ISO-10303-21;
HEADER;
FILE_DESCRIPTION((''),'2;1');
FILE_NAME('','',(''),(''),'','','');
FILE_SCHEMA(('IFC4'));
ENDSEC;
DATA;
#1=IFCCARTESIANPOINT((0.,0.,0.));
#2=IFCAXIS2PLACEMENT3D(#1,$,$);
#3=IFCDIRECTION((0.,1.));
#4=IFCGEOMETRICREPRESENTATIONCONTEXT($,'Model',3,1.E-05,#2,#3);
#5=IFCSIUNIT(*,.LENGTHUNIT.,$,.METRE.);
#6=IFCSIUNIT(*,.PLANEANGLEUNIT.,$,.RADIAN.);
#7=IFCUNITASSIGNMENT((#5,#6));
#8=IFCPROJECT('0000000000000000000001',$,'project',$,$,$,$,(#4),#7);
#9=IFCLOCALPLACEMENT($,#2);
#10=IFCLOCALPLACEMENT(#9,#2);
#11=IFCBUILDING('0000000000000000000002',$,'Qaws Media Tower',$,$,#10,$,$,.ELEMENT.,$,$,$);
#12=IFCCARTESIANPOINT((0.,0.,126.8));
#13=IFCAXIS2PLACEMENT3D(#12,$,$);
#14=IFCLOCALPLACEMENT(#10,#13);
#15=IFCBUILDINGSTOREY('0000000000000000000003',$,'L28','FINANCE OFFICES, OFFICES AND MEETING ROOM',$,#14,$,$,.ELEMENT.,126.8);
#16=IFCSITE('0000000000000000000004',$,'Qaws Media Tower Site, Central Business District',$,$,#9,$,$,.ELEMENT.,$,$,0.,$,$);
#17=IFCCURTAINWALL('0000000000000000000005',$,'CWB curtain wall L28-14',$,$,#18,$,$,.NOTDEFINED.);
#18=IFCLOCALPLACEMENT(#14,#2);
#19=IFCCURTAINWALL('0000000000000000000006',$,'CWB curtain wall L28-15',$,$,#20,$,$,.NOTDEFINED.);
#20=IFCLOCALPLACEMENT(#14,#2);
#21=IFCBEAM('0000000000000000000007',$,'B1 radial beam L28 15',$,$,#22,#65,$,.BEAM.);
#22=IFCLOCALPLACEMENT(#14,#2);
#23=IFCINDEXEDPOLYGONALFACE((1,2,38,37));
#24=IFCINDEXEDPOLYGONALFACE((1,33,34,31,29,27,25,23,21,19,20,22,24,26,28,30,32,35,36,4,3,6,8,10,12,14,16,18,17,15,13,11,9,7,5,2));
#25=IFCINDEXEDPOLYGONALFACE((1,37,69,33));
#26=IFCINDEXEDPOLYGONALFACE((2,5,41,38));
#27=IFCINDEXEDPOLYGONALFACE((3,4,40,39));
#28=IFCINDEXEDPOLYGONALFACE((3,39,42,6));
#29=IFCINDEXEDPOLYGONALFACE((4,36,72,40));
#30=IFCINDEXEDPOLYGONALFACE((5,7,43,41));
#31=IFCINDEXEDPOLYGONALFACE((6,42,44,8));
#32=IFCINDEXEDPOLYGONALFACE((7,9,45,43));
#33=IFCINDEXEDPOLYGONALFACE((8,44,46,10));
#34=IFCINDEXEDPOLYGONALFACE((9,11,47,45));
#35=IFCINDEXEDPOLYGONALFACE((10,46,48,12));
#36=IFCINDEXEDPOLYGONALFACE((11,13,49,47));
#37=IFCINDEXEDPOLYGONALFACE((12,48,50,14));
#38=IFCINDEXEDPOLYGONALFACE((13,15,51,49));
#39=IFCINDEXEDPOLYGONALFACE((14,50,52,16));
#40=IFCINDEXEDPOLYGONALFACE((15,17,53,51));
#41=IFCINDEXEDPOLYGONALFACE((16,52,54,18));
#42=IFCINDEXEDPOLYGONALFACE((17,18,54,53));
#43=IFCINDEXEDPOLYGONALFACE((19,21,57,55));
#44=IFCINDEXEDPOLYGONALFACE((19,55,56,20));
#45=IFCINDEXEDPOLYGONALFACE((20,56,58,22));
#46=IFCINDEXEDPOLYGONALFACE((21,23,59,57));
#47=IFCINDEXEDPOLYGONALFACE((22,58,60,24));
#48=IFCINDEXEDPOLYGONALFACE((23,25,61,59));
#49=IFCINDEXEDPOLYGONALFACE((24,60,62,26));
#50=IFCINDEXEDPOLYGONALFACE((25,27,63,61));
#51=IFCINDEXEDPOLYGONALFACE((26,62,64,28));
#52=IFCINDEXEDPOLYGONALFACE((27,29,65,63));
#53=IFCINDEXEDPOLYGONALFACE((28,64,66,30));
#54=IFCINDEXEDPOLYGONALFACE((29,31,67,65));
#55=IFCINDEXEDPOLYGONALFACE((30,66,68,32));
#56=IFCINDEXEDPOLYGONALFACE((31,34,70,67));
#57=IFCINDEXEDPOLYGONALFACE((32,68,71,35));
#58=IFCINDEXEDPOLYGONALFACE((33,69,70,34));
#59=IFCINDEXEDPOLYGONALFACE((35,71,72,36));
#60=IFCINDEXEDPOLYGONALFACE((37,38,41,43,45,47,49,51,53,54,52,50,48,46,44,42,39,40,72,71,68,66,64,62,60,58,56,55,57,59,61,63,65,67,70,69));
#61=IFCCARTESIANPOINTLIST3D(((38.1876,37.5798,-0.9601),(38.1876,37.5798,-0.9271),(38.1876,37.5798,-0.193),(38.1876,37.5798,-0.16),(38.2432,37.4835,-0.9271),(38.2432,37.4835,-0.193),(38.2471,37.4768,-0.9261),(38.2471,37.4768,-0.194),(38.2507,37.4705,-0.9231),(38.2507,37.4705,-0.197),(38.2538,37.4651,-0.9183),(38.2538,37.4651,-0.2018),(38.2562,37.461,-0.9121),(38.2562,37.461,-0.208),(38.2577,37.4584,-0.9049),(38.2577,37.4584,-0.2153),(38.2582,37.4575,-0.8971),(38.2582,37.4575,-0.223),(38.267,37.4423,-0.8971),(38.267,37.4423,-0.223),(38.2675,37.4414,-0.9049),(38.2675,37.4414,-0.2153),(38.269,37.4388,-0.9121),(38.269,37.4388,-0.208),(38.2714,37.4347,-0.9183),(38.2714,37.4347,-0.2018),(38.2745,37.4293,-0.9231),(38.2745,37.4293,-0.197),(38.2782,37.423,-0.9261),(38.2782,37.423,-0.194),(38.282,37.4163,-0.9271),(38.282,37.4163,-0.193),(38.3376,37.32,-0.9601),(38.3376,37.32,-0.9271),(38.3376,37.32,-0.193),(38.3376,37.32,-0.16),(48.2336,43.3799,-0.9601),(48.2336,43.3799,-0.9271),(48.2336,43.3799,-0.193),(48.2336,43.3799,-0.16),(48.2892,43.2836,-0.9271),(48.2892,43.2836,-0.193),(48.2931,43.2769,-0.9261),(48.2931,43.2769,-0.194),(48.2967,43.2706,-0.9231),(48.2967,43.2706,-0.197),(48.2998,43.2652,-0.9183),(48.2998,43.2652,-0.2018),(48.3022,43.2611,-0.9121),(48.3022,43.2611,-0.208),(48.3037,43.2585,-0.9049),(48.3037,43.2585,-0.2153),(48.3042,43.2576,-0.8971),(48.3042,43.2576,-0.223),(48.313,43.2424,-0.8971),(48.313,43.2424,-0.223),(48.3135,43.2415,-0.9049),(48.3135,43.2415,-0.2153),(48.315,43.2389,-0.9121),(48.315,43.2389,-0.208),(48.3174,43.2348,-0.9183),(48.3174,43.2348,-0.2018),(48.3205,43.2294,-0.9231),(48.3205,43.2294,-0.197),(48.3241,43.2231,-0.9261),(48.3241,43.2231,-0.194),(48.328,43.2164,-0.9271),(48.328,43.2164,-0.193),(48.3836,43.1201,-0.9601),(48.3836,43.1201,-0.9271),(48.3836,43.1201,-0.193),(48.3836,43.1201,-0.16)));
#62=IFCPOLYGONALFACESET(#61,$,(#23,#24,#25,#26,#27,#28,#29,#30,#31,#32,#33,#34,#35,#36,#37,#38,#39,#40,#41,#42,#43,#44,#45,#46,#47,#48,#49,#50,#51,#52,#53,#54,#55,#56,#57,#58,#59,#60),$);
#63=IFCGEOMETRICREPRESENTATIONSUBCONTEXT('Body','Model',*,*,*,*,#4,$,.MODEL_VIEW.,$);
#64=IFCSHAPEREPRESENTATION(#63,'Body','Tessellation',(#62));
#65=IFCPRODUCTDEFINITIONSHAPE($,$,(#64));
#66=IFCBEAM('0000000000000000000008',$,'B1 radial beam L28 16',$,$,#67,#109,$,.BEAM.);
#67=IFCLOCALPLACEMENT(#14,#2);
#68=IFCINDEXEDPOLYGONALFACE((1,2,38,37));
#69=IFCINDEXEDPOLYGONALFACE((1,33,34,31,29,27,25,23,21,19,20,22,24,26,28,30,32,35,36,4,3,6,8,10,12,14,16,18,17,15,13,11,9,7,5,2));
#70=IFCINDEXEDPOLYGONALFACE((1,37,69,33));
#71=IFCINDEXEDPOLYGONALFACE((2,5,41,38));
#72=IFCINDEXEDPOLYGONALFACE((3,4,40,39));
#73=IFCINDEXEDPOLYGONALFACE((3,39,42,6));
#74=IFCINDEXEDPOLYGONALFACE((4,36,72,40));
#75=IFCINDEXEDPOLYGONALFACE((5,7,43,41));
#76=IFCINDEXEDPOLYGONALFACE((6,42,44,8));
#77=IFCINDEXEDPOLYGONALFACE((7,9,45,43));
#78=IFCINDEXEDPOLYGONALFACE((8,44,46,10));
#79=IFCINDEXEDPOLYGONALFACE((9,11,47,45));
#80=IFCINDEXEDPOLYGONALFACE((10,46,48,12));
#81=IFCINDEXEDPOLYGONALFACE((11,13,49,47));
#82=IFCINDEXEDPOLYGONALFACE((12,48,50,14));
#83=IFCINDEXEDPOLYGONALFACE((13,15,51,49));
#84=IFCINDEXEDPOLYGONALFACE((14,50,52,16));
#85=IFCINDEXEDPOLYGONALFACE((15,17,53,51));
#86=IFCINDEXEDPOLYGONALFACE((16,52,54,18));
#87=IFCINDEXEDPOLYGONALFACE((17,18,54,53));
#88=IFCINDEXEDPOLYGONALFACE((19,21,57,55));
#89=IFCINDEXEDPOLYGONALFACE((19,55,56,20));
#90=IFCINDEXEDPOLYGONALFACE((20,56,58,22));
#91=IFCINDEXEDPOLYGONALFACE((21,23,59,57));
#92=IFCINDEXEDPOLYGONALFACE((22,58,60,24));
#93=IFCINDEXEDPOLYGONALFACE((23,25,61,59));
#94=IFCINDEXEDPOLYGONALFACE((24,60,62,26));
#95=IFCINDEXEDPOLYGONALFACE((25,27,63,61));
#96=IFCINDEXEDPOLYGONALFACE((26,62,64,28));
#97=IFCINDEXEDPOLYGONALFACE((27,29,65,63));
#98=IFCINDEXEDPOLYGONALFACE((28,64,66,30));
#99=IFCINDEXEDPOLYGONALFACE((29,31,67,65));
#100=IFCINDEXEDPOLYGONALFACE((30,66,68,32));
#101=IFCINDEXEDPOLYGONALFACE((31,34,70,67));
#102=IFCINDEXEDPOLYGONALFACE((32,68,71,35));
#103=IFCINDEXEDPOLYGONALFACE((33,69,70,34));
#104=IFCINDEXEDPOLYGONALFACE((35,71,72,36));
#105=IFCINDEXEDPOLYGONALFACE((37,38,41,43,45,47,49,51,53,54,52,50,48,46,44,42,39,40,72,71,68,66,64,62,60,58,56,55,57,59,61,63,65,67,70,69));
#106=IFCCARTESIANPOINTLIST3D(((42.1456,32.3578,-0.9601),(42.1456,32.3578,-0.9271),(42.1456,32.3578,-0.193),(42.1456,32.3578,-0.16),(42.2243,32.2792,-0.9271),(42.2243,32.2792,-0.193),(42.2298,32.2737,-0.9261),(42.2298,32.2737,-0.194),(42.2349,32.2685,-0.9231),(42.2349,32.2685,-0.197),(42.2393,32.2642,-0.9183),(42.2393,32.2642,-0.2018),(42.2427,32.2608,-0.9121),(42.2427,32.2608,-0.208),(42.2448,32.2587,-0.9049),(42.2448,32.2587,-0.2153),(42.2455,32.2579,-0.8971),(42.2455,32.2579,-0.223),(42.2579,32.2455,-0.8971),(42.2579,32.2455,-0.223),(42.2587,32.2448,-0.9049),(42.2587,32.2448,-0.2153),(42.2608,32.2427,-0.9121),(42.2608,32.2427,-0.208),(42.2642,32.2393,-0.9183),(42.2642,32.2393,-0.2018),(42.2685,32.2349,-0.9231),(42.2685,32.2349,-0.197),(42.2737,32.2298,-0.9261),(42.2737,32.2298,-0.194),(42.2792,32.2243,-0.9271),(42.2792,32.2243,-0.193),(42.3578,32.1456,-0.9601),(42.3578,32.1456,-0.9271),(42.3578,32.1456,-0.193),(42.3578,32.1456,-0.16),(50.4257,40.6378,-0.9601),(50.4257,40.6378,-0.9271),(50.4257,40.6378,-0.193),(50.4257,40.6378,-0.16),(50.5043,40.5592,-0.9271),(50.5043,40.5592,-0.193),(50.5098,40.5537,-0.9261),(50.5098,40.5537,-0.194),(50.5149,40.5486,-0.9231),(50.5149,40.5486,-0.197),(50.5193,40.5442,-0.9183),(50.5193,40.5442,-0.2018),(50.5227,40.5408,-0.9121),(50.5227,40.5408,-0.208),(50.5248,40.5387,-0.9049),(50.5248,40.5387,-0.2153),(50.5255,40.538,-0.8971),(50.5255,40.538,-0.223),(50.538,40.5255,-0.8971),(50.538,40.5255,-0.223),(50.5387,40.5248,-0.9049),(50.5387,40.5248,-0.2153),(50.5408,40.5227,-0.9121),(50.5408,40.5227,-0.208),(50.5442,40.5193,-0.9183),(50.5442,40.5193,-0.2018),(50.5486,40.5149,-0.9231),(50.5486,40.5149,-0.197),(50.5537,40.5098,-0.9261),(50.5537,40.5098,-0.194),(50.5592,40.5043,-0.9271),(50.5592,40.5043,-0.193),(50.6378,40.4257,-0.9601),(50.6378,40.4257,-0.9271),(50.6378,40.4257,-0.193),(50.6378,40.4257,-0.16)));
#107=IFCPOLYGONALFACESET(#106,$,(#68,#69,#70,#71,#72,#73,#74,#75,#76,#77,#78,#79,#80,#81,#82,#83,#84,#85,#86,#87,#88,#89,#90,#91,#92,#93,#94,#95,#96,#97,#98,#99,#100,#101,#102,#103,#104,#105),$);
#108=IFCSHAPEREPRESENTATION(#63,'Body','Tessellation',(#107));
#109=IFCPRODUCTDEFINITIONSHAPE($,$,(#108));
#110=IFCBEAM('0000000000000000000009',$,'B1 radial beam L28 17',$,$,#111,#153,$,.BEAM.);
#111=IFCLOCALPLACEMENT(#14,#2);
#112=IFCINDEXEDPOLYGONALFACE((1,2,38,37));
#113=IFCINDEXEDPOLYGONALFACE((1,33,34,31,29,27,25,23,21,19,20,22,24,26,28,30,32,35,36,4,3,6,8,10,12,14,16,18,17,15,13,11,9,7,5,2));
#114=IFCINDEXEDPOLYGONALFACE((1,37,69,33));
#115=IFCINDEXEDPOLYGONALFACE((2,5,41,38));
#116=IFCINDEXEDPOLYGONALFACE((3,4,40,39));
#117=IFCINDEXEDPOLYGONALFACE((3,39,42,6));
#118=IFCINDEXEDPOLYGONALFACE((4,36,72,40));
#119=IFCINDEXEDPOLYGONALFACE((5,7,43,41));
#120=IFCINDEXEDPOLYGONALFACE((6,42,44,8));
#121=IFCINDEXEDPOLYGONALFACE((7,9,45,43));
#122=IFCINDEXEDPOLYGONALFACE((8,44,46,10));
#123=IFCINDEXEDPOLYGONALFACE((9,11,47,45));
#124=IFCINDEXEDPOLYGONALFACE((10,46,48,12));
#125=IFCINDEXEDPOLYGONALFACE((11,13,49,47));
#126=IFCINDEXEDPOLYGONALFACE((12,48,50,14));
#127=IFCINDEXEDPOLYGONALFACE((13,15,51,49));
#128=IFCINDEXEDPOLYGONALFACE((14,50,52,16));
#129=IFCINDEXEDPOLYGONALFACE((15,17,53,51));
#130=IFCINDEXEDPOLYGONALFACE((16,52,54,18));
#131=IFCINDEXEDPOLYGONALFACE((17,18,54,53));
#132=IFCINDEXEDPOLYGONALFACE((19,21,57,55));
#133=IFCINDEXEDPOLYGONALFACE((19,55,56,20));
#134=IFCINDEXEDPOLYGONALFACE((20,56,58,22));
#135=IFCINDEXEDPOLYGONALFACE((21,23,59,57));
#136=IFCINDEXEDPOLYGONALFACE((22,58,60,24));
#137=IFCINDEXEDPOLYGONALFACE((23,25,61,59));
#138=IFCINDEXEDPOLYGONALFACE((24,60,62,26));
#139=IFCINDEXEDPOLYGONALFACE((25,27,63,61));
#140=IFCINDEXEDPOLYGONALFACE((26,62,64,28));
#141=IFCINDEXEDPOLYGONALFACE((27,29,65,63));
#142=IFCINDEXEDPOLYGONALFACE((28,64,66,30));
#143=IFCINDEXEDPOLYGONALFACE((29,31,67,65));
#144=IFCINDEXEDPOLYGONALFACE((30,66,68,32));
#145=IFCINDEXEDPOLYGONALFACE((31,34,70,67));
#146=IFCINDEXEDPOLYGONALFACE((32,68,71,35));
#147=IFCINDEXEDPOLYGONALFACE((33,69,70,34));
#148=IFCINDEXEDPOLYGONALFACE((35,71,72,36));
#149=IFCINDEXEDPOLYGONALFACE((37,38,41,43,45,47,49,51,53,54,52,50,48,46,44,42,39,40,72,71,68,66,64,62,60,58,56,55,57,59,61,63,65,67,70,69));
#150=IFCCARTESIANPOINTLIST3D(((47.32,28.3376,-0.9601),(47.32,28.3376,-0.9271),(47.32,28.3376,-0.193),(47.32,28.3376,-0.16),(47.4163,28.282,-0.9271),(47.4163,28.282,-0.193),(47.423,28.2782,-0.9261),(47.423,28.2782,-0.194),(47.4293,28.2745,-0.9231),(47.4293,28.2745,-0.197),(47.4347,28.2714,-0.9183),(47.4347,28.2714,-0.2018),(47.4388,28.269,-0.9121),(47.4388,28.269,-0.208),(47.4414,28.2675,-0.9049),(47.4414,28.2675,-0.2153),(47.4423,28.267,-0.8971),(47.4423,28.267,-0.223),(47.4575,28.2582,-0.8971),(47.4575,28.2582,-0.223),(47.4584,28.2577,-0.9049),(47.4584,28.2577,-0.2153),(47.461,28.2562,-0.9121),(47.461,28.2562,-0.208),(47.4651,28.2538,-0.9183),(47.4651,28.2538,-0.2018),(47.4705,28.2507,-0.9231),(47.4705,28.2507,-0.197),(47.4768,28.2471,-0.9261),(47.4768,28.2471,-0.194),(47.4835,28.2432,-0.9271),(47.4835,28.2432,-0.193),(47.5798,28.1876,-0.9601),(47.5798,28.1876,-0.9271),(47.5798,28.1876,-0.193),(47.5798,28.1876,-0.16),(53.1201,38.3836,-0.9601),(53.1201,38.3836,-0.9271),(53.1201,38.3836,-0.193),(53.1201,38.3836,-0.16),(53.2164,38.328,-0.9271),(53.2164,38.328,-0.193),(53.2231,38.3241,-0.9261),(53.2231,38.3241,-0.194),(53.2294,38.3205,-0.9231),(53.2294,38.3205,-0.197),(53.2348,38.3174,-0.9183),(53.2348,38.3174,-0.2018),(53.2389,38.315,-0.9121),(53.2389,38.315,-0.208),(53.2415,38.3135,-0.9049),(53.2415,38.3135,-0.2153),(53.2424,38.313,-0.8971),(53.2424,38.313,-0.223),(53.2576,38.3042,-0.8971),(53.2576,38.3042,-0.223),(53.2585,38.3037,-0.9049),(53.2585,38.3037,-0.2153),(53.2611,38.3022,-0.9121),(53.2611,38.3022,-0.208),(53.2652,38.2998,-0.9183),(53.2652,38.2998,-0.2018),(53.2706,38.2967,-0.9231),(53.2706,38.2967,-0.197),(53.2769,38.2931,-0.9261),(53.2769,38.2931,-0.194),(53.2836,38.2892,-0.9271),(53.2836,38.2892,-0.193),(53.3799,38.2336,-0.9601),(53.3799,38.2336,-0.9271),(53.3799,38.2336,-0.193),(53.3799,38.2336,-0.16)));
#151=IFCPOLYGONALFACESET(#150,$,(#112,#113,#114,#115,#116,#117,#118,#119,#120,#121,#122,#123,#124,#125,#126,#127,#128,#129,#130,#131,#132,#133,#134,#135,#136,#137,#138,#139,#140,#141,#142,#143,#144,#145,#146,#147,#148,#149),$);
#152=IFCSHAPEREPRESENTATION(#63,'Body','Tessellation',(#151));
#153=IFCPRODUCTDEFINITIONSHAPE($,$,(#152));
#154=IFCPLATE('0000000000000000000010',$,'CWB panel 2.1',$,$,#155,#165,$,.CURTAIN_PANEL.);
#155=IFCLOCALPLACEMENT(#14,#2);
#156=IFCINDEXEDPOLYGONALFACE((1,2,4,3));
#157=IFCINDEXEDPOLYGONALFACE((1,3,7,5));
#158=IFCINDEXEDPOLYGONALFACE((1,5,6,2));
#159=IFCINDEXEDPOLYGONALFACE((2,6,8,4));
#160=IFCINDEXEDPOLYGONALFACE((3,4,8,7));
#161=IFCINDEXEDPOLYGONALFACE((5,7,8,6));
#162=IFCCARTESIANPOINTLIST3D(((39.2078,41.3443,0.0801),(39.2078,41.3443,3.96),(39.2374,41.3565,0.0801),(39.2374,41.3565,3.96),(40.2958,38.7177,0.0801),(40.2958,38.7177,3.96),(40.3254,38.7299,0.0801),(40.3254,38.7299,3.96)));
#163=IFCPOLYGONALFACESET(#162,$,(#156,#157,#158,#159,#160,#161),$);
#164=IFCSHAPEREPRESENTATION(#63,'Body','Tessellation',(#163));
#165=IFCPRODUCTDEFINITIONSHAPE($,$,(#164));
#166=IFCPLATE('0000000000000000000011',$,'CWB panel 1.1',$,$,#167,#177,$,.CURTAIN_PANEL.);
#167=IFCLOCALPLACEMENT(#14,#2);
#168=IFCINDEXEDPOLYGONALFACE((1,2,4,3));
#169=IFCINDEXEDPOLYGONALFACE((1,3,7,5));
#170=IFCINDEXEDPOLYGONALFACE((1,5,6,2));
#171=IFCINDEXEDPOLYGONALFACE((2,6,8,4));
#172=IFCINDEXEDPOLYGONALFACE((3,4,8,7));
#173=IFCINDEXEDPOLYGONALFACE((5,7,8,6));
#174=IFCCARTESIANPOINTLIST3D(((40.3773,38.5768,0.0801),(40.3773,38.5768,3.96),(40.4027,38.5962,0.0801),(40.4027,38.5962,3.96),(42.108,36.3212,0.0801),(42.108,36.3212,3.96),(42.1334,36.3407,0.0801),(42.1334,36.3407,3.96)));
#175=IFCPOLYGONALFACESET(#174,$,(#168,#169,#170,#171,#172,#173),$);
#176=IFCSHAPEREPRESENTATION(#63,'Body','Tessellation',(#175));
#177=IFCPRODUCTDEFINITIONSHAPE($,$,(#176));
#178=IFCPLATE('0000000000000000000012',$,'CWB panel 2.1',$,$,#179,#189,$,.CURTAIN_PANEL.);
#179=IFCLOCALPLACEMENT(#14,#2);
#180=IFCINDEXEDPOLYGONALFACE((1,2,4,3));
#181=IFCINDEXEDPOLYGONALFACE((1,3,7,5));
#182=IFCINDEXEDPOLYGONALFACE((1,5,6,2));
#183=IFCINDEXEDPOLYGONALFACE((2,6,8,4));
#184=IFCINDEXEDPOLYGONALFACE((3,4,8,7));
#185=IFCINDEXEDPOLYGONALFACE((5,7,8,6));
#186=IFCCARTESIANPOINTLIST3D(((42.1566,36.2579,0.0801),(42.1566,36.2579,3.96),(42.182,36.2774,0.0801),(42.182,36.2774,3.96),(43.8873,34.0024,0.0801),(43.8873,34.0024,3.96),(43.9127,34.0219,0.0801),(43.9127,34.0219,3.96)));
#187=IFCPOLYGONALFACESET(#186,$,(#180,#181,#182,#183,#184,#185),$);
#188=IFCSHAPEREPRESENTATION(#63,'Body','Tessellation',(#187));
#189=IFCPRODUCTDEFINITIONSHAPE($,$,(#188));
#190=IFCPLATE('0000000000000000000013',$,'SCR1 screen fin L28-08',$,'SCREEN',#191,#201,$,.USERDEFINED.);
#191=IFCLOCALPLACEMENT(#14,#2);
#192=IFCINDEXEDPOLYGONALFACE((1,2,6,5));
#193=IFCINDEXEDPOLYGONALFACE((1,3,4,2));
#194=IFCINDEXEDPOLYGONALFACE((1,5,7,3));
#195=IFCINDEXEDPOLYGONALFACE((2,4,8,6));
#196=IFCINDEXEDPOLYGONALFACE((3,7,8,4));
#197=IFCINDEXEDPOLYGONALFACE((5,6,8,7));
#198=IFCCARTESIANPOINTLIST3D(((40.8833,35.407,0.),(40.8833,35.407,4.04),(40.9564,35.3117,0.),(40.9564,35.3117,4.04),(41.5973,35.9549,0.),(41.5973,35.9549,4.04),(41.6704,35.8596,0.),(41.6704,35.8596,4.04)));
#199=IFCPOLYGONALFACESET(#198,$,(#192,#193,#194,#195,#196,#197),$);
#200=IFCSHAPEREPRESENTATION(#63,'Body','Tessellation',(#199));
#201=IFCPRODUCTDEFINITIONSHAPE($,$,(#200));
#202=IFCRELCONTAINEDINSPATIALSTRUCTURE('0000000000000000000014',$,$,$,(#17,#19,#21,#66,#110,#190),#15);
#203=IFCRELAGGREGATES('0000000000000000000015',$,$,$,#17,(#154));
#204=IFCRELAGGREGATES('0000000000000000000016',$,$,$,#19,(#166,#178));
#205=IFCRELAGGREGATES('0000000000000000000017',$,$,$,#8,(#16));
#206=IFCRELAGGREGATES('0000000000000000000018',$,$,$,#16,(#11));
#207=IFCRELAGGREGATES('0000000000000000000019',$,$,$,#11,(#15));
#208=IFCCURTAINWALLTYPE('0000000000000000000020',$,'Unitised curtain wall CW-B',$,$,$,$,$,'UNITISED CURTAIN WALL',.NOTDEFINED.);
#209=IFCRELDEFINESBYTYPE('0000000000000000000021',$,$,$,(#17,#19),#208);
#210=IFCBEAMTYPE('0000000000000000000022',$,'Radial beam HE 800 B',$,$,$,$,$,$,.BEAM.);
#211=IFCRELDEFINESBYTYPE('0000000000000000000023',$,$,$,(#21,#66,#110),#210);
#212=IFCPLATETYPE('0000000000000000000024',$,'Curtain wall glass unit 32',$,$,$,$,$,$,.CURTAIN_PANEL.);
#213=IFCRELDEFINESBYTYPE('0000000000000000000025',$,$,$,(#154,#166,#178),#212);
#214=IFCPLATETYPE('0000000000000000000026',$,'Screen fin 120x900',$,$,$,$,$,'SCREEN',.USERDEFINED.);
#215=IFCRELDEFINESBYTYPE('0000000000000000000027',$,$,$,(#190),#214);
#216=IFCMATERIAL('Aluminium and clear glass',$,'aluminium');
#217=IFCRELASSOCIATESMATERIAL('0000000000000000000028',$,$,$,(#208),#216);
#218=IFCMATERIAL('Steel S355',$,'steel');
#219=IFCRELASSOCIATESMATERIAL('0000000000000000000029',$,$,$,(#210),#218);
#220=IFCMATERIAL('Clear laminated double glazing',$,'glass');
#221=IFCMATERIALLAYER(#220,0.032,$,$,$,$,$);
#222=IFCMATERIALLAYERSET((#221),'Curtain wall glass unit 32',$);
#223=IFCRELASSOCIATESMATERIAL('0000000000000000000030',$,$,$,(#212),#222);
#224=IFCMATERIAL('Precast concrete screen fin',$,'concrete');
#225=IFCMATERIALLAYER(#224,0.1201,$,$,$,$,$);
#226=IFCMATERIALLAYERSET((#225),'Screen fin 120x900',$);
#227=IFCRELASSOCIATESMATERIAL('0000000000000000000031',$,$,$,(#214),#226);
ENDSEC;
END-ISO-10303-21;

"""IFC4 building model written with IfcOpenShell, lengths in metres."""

from ifc_helpers import new_model, si_unit, direction, frame, origin, origin_2d, place, context, subcontext, project, spatial, rectangle, i_section, extrude, material, layer, layer_set, material_profile, profile_set, type_object, element, aggregate, save


model = new_model("IFC4")

# Units and contexts
model_context = context("Model", 3, precision=1e-05, world=origin(), true_north=direction((0.0, 1.0)))
body_context = subcontext(model_context, "Body", "Model", "MODEL_VIEW")
ifc_project = project(units=[si_unit("LENGTHUNIT", "METRE"), si_unit("PLANEANGLEUNIT", "RADIAN")], contexts=[model_context])

# Site, building, storey
site_placement = place(None, origin())
site = spatial("IfcSite", under=ifc_project, at=site_placement, Name="Qaws Media Tower Site, Central Business District", CompositionType="ELEMENT", RefElevation=0.0)
building_placement = place(site_placement, origin())
building = spatial("IfcBuilding", under=site, at=building_placement, Name="Qaws Media Tower", CompositionType="ELEMENT")
storey_placement = place(building_placement, frame((0.0, 0.0, 126.8)))
storey = spatial("IfcBuildingStorey", under=building, at=storey_placement, Name="L28", Description="FINANCE OFFICES, OFFICES AND MEETING ROOM", CompositionType="ELEMENT", Elevation=126.8)

# Curtain wall
ifc_material_1 = material(Name="Aluminium and clear glass", Category="aluminium")
curtain_wall_type = type_object("IfcCurtainWallType", Name="Unitised curtain wall CW-B", ElementType="UNITISED CURTAIN WALL", PredefinedType="NOTDEFINED", material=ifc_material_1)
curtain_wall_1_placement = place(storey_placement, origin())
curtain_wall_1 = element("IfcCurtainWall", 1, at=curtain_wall_1_placement, inside=storey, type_object=curtain_wall_type, Name="CWB curtain wall L28-14", PredefinedType="NOTDEFINED")

# Curtain wall
curtain_wall_2_placement = place(storey_placement, origin())
curtain_wall_2 = element("IfcCurtainWall", 2, at=curtain_wall_2_placement, inside=storey, type_object=curtain_wall_type, Name="CWB curtain wall L28-15", PredefinedType="NOTDEFINED")

# Beams
ifc_material_2 = material(Name="Steel S355", Category="steel")
ifc_material_profile_1 = material_profile(ifc_material_2, i_section(OverallWidth=0.3, OverallDepth=0.8, WebThickness=0.0176, FlangeThickness=0.033, FilletRadius=0.03, at=origin_2d()), Name="HE 800 B")
ifc_profile_set_1 = profile_set([ifc_material_profile_1], Name="Steel S355")
beam_type_1 = type_object("IfcBeamType", Name="Radial beam HE 800 B", PredefinedType="BEAM", material=ifc_profile_set_1)
beam_1_placement = place(storey_placement, frame((48.3086, 43.25, -0.5601), z_axis=(-0.866024, -0.500003, 0.0), x_axis=(0.500003, -0.866024, 0.0)))
element("IfcBeam", 3, at=beam_1_placement, inside=storey, type_object=beam_type_1, Name="B1 radial beam L28 15", PredefinedType="BEAM", context=body_context, shape_type="SweptSolid", body=[
    extrude(i_section(OverallWidth=0.3, OverallDepth=0.8, WebThickness=0.0176, FlangeThickness=0.033, FilletRadius=0.03, at=origin_2d()), origin(), (0.0, 0.0, 1.0), 11.6001),
])
beam_2_placement = place(storey_placement, frame((50.5317, 40.5317, -0.5601), z_axis=(-0.707107, -0.707107, 0.0), x_axis=(0.707107, -0.707107, 0.0)))
element("IfcBeam", 4, at=beam_2_placement, inside=storey, type_object=beam_type_1, Name="B1 radial beam L28 16", PredefinedType="BEAM", context=body_context, shape_type="SweptSolid", body=[
    extrude(i_section(OverallWidth=0.3, OverallDepth=0.8, WebThickness=0.0176, FlangeThickness=0.033, FilletRadius=0.03, at=origin_2d()), origin(), (0.0, 0.0, 1.0), 11.7097),
])
beam_3_placement = place(storey_placement, frame((53.25, 38.3086, -0.5601), z_axis=(-0.500003, -0.866024, 0.0), x_axis=(0.866024, -0.500003, 0.0)))
element("IfcBeam", 5, at=beam_3_placement, inside=storey, type_object=beam_type_1, Name="B1 radial beam L28 17", PredefinedType="BEAM", context=body_context, shape_type="SweptSolid", body=[
    extrude(i_section(OverallWidth=0.3, OverallDepth=0.8, WebThickness=0.0176, FlangeThickness=0.033, FilletRadius=0.03, at=origin_2d()), origin(), (0.0, 0.0, 1.0), 11.6001),
])

# Plates
ifc_material_3 = material(Name="Clear laminated double glazing", Category="glass")
ifc_layer_1 = layer(ifc_material_3, 0.032)
ifc_layer_set_1 = layer_set([ifc_layer_1], Name="Curtain wall glass unit 32")
plate_type_1 = type_object("IfcPlateType", Name="Curtain wall glass unit 32", PredefinedType="CURTAIN_PANEL", material=ifc_layer_set_1)
plate_1_placement = place(storey_placement, frame((39.7666, 40.0371, 0.0801), z_axis=(0.0, 0.0, 1.0), x_axis=(0.382683, -0.92388, 0.0)))
plate_1 = element("IfcPlate", 6, at=plate_1_placement, type_object=plate_type_1, Name="CWB panel 2.1", PredefinedType="CURTAIN_PANEL", context=body_context, shape_type="SweptSolid", body=[
    extrude(rectangle(XDim=2.843, YDim=0.032, at=origin_2d()), origin(), (0.0, 0.0, 1.0), 3.8799),
])
aggregate(curtain_wall_1, [plate_1])
plate_2_placement = place(storey_placement, frame((41.2554, 37.4587, 0.0801), z_axis=(0.0, 0.0, 1.0), x_axis=(0.608761, -0.793353, 0.0)))
plate_2 = element("IfcPlate", 7, at=plate_2_placement, type_object=plate_type_1, Name="CWB panel 1.1", PredefinedType="CURTAIN_PANEL", context=body_context, shape_type="SweptSolid", body=[
    extrude(rectangle(XDim=2.843, YDim=0.032, at=origin_2d()), origin(), (0.0, 0.0, 1.0), 3.8799),
])
plate_3_placement = place(storey_placement, frame((43.0347, 35.1399, 0.0801), z_axis=(0.0, 0.0, 1.0), x_axis=(0.608761, -0.793353, 0.0)))
plate_3 = element("IfcPlate", 8, at=plate_3_placement, type_object=plate_type_1, Name="CWB panel 2.1", PredefinedType="CURTAIN_PANEL", context=body_context, shape_type="SweptSolid", body=[
    extrude(rectangle(XDim=2.843, YDim=0.032, at=origin_2d()), origin(), (0.0, 0.0, 1.0), 3.8799),
])
aggregate(curtain_wall_2, [plate_2, plate_3])
ifc_material_4 = material(Name="Precast concrete screen fin", Category="concrete")
ifc_layer_2 = layer(ifc_material_4, 0.1201)
ifc_layer_set_2 = layer_set([ifc_layer_2], Name="Screen fin 120x900")
plate_type_2 = type_object("IfcPlateType", Name="Screen fin 120x900", ElementType="SCREEN", PredefinedType="USERDEFINED", material=ifc_layer_set_2)
plate_4_placement = place(storey_placement, frame((41.2769, 35.6333, 0.0), z_axis=(0.0, 0.0, 1.0), x_axis=(-0.793353, -0.608761, 0.0)))
element("IfcPlate", 9, at=plate_4_placement, inside=storey, type_object=plate_type_2, Name="SCR1 screen fin L28-08", ObjectType="SCREEN", PredefinedType="USERDEFINED", context=body_context, shape_type="SweptSolid", body=[
    extrude(rectangle(XDim=0.8999, YDim=0.1201, at=origin_2d()), origin(), (0.0, 0.0, 1.0), 4.04),
])

save(model, "model.ifc")
